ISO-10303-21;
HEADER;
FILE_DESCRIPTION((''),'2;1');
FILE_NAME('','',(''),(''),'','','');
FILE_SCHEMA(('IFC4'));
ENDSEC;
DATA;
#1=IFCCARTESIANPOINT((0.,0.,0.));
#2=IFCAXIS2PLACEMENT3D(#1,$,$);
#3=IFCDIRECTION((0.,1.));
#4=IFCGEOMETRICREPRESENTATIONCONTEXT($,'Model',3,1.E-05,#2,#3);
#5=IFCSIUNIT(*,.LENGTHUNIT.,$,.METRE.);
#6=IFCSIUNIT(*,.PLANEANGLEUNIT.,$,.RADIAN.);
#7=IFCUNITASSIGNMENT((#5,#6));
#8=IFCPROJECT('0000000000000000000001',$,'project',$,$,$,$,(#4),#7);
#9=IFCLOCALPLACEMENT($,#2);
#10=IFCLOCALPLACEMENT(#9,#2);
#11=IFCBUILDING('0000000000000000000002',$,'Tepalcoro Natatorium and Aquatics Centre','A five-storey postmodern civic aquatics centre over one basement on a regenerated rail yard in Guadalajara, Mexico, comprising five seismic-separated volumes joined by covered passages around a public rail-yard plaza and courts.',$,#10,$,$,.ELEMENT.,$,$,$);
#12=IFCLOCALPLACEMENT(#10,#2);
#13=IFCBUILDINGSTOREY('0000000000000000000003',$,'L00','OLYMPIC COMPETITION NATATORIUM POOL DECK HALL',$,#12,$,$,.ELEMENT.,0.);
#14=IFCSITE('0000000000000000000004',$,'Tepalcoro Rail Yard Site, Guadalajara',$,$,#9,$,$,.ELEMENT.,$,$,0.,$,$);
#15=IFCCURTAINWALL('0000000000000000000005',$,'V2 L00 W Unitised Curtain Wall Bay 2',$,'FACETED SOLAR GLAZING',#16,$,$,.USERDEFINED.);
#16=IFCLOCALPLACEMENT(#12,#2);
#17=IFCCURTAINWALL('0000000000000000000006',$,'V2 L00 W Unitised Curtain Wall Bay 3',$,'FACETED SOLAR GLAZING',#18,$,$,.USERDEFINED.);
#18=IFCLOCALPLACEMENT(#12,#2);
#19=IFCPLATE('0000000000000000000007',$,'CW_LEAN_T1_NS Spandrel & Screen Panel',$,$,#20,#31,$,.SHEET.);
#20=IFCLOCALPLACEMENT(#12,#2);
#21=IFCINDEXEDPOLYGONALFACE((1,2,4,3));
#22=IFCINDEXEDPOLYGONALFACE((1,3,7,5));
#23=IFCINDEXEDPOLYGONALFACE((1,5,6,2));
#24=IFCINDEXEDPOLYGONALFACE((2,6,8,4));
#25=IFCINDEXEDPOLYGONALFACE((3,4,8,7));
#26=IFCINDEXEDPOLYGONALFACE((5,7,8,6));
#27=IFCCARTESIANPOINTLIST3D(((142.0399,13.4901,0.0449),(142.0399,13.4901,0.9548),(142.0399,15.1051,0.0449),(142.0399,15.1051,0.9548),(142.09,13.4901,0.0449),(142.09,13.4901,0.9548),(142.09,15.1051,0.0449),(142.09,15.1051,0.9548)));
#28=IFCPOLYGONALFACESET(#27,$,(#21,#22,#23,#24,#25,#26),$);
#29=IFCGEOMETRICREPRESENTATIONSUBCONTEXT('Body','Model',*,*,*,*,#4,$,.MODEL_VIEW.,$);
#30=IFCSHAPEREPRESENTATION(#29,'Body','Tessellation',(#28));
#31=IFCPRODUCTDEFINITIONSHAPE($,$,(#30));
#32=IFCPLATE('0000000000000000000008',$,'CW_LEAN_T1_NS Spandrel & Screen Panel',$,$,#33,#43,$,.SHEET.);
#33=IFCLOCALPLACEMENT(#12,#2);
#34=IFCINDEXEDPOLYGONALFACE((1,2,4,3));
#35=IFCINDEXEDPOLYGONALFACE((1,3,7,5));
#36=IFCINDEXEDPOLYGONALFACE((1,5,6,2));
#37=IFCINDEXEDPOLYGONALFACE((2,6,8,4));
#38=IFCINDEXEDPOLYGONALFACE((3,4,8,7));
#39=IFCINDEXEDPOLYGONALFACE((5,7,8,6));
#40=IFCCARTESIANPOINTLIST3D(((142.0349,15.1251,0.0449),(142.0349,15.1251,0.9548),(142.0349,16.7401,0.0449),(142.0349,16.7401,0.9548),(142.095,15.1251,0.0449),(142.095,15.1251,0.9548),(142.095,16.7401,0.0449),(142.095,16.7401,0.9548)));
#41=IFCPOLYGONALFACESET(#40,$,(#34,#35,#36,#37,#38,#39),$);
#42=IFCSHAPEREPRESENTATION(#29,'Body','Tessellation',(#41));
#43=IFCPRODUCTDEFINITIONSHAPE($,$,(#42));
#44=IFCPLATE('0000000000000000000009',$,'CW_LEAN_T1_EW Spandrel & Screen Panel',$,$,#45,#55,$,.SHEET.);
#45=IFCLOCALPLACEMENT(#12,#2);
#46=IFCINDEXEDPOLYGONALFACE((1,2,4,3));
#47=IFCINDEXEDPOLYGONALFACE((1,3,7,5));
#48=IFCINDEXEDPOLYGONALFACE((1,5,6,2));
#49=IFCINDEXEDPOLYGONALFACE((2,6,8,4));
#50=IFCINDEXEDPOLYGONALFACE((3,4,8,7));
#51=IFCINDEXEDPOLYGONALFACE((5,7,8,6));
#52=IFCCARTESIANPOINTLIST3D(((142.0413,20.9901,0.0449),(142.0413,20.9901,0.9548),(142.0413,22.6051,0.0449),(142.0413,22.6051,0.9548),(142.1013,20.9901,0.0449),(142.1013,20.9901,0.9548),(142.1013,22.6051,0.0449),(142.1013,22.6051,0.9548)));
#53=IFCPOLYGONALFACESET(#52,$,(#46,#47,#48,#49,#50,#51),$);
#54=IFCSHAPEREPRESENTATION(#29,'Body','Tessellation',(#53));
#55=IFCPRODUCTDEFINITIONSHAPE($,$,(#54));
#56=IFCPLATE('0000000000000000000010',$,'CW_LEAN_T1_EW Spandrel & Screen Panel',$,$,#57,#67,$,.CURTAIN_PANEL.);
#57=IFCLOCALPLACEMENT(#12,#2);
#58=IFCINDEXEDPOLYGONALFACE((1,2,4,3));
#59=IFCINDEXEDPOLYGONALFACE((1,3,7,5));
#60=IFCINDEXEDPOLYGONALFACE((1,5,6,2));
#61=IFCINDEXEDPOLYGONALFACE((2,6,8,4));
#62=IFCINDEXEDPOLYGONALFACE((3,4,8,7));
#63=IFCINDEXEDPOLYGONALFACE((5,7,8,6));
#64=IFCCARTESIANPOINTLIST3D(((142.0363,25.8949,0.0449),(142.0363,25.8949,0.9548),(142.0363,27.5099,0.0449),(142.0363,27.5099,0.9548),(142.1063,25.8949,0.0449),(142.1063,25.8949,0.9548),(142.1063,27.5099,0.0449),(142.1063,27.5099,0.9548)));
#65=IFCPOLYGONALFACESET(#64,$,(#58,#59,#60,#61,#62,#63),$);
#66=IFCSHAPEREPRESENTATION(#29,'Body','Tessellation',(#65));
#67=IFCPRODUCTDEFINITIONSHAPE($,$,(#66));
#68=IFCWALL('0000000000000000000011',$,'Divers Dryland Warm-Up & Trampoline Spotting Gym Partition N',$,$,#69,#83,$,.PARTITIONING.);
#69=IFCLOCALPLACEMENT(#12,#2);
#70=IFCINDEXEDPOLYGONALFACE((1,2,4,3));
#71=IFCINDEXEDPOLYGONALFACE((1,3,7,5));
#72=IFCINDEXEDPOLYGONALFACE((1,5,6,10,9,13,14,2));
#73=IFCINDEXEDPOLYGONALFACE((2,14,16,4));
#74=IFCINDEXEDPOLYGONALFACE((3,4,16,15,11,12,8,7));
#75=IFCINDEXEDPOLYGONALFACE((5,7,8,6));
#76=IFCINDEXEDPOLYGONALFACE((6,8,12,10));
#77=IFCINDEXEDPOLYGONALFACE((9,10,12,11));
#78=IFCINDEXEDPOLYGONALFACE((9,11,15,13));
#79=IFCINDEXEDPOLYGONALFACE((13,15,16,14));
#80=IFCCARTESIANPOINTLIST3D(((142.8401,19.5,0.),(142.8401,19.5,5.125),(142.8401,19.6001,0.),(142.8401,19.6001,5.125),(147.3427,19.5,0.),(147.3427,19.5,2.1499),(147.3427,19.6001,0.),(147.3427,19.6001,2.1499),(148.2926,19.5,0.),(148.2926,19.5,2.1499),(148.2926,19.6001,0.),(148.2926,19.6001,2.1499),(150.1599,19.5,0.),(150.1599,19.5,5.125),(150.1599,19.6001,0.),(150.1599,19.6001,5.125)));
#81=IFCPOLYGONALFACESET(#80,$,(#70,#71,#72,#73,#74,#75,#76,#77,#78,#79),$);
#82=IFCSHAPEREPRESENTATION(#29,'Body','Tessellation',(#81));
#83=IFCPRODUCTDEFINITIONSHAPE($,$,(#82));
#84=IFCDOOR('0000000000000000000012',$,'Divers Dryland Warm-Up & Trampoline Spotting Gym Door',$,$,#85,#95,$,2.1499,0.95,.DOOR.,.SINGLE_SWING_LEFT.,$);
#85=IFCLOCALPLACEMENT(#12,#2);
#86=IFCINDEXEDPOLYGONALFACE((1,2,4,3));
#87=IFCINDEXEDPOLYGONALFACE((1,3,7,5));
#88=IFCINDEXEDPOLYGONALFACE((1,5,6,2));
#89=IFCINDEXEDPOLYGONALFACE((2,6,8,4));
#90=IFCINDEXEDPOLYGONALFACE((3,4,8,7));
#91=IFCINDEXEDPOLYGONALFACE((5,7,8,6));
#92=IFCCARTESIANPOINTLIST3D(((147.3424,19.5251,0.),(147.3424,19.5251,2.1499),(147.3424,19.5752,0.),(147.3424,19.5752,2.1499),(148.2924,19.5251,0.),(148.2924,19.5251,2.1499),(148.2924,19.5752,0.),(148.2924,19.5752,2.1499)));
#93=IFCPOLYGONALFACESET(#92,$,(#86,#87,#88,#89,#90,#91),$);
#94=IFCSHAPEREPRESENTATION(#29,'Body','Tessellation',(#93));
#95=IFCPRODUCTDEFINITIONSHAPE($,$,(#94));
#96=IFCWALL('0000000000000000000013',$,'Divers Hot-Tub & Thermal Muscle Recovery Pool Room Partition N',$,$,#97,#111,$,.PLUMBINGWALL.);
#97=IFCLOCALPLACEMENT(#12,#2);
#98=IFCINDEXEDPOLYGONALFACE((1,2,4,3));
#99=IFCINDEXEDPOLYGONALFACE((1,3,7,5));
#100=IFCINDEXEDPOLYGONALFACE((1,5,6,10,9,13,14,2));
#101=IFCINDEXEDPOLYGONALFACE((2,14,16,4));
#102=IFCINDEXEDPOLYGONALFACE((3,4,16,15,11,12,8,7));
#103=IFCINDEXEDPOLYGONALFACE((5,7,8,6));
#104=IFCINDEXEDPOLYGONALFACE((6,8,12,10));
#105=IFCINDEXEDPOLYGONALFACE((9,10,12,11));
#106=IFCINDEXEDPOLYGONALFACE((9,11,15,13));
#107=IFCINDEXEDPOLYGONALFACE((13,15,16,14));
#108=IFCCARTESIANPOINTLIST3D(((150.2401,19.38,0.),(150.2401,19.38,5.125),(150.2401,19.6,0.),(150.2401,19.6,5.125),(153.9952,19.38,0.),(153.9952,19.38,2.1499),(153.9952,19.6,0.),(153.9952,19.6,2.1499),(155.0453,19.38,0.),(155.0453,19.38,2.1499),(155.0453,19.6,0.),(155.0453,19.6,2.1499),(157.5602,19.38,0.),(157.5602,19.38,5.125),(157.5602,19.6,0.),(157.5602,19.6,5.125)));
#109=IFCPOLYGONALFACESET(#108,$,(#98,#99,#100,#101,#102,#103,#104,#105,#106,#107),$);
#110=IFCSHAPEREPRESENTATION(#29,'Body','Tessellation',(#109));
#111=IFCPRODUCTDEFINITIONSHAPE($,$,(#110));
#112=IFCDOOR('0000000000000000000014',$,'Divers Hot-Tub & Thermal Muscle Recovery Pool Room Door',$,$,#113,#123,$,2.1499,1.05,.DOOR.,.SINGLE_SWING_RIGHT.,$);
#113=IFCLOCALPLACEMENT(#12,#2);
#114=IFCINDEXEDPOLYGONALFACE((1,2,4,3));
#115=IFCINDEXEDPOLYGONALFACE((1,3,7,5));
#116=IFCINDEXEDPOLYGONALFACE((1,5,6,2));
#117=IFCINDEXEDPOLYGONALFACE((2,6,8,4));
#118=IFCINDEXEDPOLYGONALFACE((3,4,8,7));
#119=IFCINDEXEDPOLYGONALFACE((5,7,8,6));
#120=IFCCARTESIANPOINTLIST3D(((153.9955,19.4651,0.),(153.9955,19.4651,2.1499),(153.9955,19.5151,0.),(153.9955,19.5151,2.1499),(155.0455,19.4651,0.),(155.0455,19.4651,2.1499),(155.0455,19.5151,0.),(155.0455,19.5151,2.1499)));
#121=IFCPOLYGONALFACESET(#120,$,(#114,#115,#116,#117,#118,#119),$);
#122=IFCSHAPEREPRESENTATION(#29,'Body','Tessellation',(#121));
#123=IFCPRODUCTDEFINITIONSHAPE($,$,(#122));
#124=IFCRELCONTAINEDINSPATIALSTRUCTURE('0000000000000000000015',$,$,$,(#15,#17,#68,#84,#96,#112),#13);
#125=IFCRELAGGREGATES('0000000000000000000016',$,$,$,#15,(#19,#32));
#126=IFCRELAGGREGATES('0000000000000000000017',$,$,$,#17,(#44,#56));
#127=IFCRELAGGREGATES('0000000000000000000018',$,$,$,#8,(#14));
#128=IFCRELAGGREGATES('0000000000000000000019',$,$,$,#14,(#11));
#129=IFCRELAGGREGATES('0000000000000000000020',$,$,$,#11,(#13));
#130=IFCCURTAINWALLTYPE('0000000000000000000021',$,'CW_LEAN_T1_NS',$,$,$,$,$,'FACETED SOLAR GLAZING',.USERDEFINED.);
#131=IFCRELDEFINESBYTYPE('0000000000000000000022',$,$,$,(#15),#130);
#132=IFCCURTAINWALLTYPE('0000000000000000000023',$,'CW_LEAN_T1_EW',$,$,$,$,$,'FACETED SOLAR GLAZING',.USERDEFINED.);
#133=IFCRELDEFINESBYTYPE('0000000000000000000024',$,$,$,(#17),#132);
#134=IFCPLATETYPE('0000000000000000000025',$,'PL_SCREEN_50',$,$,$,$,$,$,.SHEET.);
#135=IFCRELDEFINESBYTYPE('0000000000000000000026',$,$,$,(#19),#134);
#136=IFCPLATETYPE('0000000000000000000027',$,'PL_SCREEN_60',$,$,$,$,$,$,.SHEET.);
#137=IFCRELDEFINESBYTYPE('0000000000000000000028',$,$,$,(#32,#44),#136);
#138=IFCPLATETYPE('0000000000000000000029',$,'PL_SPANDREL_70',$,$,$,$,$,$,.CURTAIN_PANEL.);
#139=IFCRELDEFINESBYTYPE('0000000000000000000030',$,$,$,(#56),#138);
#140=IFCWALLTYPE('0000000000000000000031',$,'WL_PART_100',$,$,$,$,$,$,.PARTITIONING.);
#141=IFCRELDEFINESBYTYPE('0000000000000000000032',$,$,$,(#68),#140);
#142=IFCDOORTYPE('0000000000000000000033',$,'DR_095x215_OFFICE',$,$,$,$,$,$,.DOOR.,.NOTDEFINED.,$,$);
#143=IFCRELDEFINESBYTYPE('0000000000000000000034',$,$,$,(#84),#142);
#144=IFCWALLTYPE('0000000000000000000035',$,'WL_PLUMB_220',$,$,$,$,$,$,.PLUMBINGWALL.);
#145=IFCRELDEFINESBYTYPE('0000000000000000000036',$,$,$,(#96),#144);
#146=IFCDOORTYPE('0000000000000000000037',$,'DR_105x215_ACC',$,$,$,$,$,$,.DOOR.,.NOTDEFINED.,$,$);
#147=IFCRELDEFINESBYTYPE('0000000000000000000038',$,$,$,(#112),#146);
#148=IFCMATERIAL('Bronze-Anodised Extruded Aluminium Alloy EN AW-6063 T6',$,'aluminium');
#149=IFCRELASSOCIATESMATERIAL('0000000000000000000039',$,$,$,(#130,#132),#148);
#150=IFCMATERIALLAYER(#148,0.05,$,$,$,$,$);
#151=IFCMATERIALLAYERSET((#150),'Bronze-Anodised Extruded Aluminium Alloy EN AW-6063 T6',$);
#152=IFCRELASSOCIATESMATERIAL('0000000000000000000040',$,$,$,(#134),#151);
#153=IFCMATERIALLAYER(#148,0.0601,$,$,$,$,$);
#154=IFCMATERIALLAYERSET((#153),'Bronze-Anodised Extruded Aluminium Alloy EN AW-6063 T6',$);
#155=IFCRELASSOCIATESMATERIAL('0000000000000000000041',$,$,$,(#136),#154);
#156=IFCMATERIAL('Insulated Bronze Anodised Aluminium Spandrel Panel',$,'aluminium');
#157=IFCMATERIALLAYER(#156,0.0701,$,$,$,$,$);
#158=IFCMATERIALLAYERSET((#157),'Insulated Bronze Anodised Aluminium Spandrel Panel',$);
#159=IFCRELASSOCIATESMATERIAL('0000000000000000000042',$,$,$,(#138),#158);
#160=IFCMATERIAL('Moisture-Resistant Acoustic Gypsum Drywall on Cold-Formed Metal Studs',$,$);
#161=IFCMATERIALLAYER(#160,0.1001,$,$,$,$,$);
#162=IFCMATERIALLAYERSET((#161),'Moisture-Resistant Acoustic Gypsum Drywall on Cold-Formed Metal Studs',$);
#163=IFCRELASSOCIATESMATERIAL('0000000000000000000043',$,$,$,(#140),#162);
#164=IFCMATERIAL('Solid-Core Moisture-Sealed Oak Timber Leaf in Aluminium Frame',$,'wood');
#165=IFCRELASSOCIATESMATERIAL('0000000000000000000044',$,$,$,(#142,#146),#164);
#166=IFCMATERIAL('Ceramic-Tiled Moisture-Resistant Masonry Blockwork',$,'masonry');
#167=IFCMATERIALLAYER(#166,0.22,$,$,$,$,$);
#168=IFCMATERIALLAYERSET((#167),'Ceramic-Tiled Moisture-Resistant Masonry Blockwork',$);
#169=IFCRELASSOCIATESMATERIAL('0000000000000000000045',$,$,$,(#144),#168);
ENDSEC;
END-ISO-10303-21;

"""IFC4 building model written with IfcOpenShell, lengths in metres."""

from ifc_helpers import new_model, si_unit, direction, frame, frame_2d, origin, origin_2d, place, context, subcontext, project, spatial, rectangle, extrude, material, layer, layer_set, type_object, element, fill, aggregate, save


model = new_model("IFC4")

# Units and contexts
model_context = context("Model", 3, precision=1e-05, world=origin(), true_north=direction((0.0, 1.0)))
body_context = subcontext(model_context, "Body", "Model", "MODEL_VIEW")
ifc_project = project(units=[si_unit("LENGTHUNIT", "METRE"), si_unit("PLANEANGLEUNIT", "RADIAN")], contexts=[model_context])

# Site, building, storey
site_placement = place(None, origin())
site = spatial("IfcSite", under=ifc_project, at=site_placement, Name="Tepalcoro Rail Yard Site, Guadalajara", CompositionType="ELEMENT", RefElevation=0.0)
building_placement = place(site_placement, origin())
building = spatial("IfcBuilding", under=site, at=building_placement, Name="Tepalcoro Natatorium and Aquatics Centre", Description="A five-storey postmodern civic aquatics centre over one basement on a regenerated rail yard in Guadalajara, Mexico, comprising five seismic-separated volumes joined by covered passages around a public rail-yard plaza and courts.", CompositionType="ELEMENT")
storey_placement = place(building_placement, origin())
storey = spatial("IfcBuildingStorey", under=building, at=storey_placement, Name="L00", Description="OLYMPIC COMPETITION NATATORIUM POOL DECK HALL", CompositionType="ELEMENT", Elevation=0.0)

# Curtain walls
ifc_material_1 = material(Name="Bronze-Anodised Extruded Aluminium Alloy EN AW-6063 T6", Category="aluminium")
curtain_wall_type_1 = type_object("IfcCurtainWallType", Name="CW_LEAN_T1_NS", ElementType="FACETED SOLAR GLAZING", PredefinedType="USERDEFINED", material=ifc_material_1)
curtain_wall_1_placement = place(storey_placement, origin())
curtain_wall_1 = element("IfcCurtainWall", 1, at=curtain_wall_1_placement, inside=storey, type_object=curtain_wall_type_1, Name="V2 L00 W Unitised Curtain Wall Bay 2", ObjectType="FACETED SOLAR GLAZING", PredefinedType="USERDEFINED")
curtain_wall_type_2 = type_object("IfcCurtainWallType", Name="CW_LEAN_T1_EW", ElementType="FACETED SOLAR GLAZING", PredefinedType="USERDEFINED", material=ifc_material_1)
curtain_wall_2_placement = place(storey_placement, origin())
curtain_wall_2 = element("IfcCurtainWall", 2, at=curtain_wall_2_placement, inside=storey, type_object=curtain_wall_type_2, Name="V2 L00 W Unitised Curtain Wall Bay 3", ObjectType="FACETED SOLAR GLAZING", PredefinedType="USERDEFINED")

# Plates
ifc_layer_1 = layer(ifc_material_1, 0.05)
ifc_layer_set_1 = layer_set([ifc_layer_1], Name="Bronze-Anodised Extruded Aluminium Alloy EN AW-6063 T6")
plate_type_1 = type_object("IfcPlateType", Name="PL_SCREEN_50", PredefinedType="SHEET", material=ifc_layer_set_1)
plate_1_placement = place(storey_placement, frame((142.0649, 14.2976, 0.0449), z_axis=(0.0, 0.0, 1.0), x_axis=(1.0, 0.0, 0.0)))
plate_1 = element("IfcPlate", 3, at=plate_1_placement, type_object=plate_type_1, Name="CW_LEAN_T1_NS Spandrel & Screen Panel", PredefinedType="SHEET", context=body_context, shape_type="SweptSolid", body=[
    extrude(rectangle(XDim=0.05, YDim=1.615, at=origin_2d()), origin(), (0.0, 0.0, 1.0), 0.9099),
])
ifc_layer_2 = layer(ifc_material_1, 0.0601)
ifc_layer_set_2 = layer_set([ifc_layer_2], Name="Bronze-Anodised Extruded Aluminium Alloy EN AW-6063 T6")
plate_type_2 = type_object("IfcPlateType", Name="PL_SCREEN_60", PredefinedType="SHEET", material=ifc_layer_set_2)
plate_2_placement = place(storey_placement, frame((142.0649, 15.9326, 0.0449), z_axis=(0.0, 0.0, 1.0), x_axis=(1.0, 0.0, 0.0)))
plate_2 = element("IfcPlate", 4, at=plate_2_placement, type_object=plate_type_2, Name="CW_LEAN_T1_NS Spandrel & Screen Panel", PredefinedType="SHEET", context=body_context, shape_type="SweptSolid", body=[
    extrude(rectangle(XDim=0.0601, YDim=1.615, at=origin_2d()), origin(), (0.0, 0.0, 1.0), 0.9099),
])
aggregate(curtain_wall_1, [plate_1, plate_2])
plate_3_placement = place(storey_placement, frame((142.0713, 21.7976, 0.0449), z_axis=(0.0, 0.0, 1.0), x_axis=(1.0, 0.0, 0.0)))
plate_3 = element("IfcPlate", 5, at=plate_3_placement, type_object=plate_type_2, Name="CW_LEAN_T1_EW Spandrel & Screen Panel", PredefinedType="SHEET", context=body_context, shape_type="SweptSolid", body=[
    extrude(rectangle(XDim=0.0601, YDim=1.615, at=origin_2d()), origin(), (0.0, 0.0, 1.0), 0.9099),
])
ifc_material_2 = material(Name="Insulated Bronze Anodised Aluminium Spandrel Panel", Category="aluminium")
ifc_layer_3 = layer(ifc_material_2, 0.0701)
ifc_layer_set_3 = layer_set([ifc_layer_3], Name="Insulated Bronze Anodised Aluminium Spandrel Panel")
plate_type_3 = type_object("IfcPlateType", Name="PL_SPANDREL_70", PredefinedType="CURTAIN_PANEL", material=ifc_layer_set_3)
plate_4_placement = place(storey_placement, frame((142.0713, 26.7024, 0.0449), z_axis=(0.0, 0.0, 1.0), x_axis=(1.0, 0.0, 0.0)))
plate_4 = element("IfcPlate", 6, at=plate_4_placement, type_object=plate_type_3, Name="CW_LEAN_T1_EW Spandrel & Screen Panel", PredefinedType="CURTAIN_PANEL", context=body_context, shape_type="SweptSolid", body=[
    extrude(rectangle(XDim=0.0701, YDim=1.615, at=origin_2d()), origin(), (0.0, 0.0, 1.0), 0.9099),
])
aggregate(curtain_wall_2, [plate_3, plate_4])

# Walls, openings, doors
ifc_material_3 = material(Name="Moisture-Resistant Acoustic Gypsum Drywall on Cold-Formed Metal Studs")
ifc_layer_4 = layer(ifc_material_3, 0.1001)
ifc_layer_set_4 = layer_set([ifc_layer_4], Name="Moisture-Resistant Acoustic Gypsum Drywall on Cold-Formed Metal Studs")
wall_type_1 = type_object("IfcWallType", Name="WL_PART_100", PredefinedType="PARTITIONING", material=ifc_layer_set_4)
wall_1_placement = place(storey_placement, frame((142.8401, 19.55, 0.0), z_axis=(0.0, 0.0, 1.0), x_axis=(1.0, 0.0, 0.0)))
wall_1 = element("IfcWall", 7, at=wall_1_placement, inside=storey, type_object=wall_type_1, Name="Divers Dryland Warm-Up & Trampoline Spotting Gym Partition N", PredefinedType="PARTITIONING", context=body_context, shape_type="SweptSolid", body=[
    extrude(rectangle(XDim=7.3198, YDim=0.1001, at=frame_2d((3.6599, 0.0))), origin(), (0.0, 0.0, 1.0), 5.125),
])
opening_1_placement = place(wall_1_placement, frame((4.5024, 0.0, 0.0)))
opening_1 = element("IfcOpeningElement", 8, at=opening_1_placement, cuts=wall_1, PredefinedType="OPENING", context=body_context, shape_type="SweptSolid", body=[
    extrude(rectangle(XDim=0.95, YDim=2.1499, at=frame_2d((0.4751, 1.075))), frame((0.0, 0.062, 0.0), z_axis=(0.0, -1.0, 0.0), x_axis=(1.0, 0.0, 0.0)), (0.0, 0.0, 1.0), 0.124),
])
ifc_material_4 = material(Name="Solid-Core Moisture-Sealed Oak Timber Leaf in Aluminium Frame", Category="wood")
door_type_1 = type_object("IfcDoorType", Name="DR_095x215_OFFICE", OperationType="NOTDEFINED", PredefinedType="DOOR", material=ifc_material_4)
door_1_placement = place(opening_1_placement, frame((0.95, 0.0, 0.0), z_axis=(0.0, 0.0, 1.0), x_axis=(-1.0, 0.0, 0.0)))
door_1 = element("IfcDoor", 9, at=door_1_placement, inside=storey, type_object=door_type_1, Name="Divers Dryland Warm-Up & Trampoline Spotting Gym Door", OperationType="SINGLE_SWING_LEFT", OverallHeight=2.1499, OverallWidth=0.95, PredefinedType="DOOR", context=body_context, shape_type="SweptSolid", body=[
    extrude(rectangle(XDim=0.95, YDim=2.1499, at=frame_2d((0.4751, 1.075))), frame((0.0, 0.0249, 0.0), z_axis=(0.0, -1.0, 0.0), x_axis=(1.0, 0.0, 0.0)), (0.0, 0.0, 1.0), 0.05),
])
fill(opening_1, door_1)
ifc_material_5 = material(Name="Ceramic-Tiled Moisture-Resistant Masonry Blockwork", Category="masonry")
ifc_layer_5 = layer(ifc_material_5, 0.22)
ifc_layer_set_5 = layer_set([ifc_layer_5], Name="Ceramic-Tiled Moisture-Resistant Masonry Blockwork")
wall_type_2 = type_object("IfcWallType", Name="WL_PLUMB_220", PredefinedType="PLUMBINGWALL", material=ifc_layer_set_5)
wall_2_placement = place(storey_placement, frame((150.24, 19.49, 0.0), z_axis=(0.0, 0.0, 1.0), x_axis=(1.0, 0.0, 0.0)))
wall_2 = element("IfcWall", 10, at=wall_2_placement, inside=storey, type_object=wall_type_2, Name="Divers Hot-Tub & Thermal Muscle Recovery Pool Room Partition N", PredefinedType="PLUMBINGWALL", context=body_context, shape_type="SweptSolid", body=[
    extrude(rectangle(XDim=7.3201, YDim=0.22, at=frame_2d((3.6602, 0.0))), origin(), (0.0, 0.0, 1.0), 5.125),
])
opening_2_placement = place(wall_2_placement, frame((3.7554, 0.0, 0.0)))
opening_2 = element("IfcOpeningElement", 11, at=opening_2_placement, cuts=wall_2, PredefinedType="OPENING", context=body_context, shape_type="SweptSolid", body=[
    extrude(rectangle(XDim=1.05, YDim=2.1499, at=frame_2d((0.5249, 1.075))), frame((0.0, 0.1221, 0.0), z_axis=(0.0, -1.0, 0.0), x_axis=(1.0, 0.0, 0.0)), (0.0, 0.0, 1.0), 0.2439),
])
door_type_2 = type_object("IfcDoorType", Name="DR_105x215_ACC", OperationType="NOTDEFINED", PredefinedType="DOOR", material=ifc_material_4)
door_2_placement = place(opening_2_placement, frame((1.05, 0.0, 0.0), z_axis=(0.0, 0.0, 1.0), x_axis=(-1.0, 0.0, 0.0)))
door_2 = element("IfcDoor", 12, at=door_2_placement, inside=storey, type_object=door_type_2, Name="Divers Hot-Tub & Thermal Muscle Recovery Pool Room Door", OperationType="SINGLE_SWING_RIGHT", OverallHeight=2.1499, OverallWidth=1.05, PredefinedType="DOOR", context=body_context, shape_type="SweptSolid", body=[
    extrude(rectangle(XDim=1.05, YDim=2.1499, at=frame_2d((0.5249, 1.075))), frame((0.0, 0.0249, 0.0), z_axis=(0.0, -1.0, 0.0), x_axis=(1.0, 0.0, 0.0)), (0.0, 0.0, 1.0), 0.05),
])
fill(opening_2, door_2)

save(model, "model.ifc")
